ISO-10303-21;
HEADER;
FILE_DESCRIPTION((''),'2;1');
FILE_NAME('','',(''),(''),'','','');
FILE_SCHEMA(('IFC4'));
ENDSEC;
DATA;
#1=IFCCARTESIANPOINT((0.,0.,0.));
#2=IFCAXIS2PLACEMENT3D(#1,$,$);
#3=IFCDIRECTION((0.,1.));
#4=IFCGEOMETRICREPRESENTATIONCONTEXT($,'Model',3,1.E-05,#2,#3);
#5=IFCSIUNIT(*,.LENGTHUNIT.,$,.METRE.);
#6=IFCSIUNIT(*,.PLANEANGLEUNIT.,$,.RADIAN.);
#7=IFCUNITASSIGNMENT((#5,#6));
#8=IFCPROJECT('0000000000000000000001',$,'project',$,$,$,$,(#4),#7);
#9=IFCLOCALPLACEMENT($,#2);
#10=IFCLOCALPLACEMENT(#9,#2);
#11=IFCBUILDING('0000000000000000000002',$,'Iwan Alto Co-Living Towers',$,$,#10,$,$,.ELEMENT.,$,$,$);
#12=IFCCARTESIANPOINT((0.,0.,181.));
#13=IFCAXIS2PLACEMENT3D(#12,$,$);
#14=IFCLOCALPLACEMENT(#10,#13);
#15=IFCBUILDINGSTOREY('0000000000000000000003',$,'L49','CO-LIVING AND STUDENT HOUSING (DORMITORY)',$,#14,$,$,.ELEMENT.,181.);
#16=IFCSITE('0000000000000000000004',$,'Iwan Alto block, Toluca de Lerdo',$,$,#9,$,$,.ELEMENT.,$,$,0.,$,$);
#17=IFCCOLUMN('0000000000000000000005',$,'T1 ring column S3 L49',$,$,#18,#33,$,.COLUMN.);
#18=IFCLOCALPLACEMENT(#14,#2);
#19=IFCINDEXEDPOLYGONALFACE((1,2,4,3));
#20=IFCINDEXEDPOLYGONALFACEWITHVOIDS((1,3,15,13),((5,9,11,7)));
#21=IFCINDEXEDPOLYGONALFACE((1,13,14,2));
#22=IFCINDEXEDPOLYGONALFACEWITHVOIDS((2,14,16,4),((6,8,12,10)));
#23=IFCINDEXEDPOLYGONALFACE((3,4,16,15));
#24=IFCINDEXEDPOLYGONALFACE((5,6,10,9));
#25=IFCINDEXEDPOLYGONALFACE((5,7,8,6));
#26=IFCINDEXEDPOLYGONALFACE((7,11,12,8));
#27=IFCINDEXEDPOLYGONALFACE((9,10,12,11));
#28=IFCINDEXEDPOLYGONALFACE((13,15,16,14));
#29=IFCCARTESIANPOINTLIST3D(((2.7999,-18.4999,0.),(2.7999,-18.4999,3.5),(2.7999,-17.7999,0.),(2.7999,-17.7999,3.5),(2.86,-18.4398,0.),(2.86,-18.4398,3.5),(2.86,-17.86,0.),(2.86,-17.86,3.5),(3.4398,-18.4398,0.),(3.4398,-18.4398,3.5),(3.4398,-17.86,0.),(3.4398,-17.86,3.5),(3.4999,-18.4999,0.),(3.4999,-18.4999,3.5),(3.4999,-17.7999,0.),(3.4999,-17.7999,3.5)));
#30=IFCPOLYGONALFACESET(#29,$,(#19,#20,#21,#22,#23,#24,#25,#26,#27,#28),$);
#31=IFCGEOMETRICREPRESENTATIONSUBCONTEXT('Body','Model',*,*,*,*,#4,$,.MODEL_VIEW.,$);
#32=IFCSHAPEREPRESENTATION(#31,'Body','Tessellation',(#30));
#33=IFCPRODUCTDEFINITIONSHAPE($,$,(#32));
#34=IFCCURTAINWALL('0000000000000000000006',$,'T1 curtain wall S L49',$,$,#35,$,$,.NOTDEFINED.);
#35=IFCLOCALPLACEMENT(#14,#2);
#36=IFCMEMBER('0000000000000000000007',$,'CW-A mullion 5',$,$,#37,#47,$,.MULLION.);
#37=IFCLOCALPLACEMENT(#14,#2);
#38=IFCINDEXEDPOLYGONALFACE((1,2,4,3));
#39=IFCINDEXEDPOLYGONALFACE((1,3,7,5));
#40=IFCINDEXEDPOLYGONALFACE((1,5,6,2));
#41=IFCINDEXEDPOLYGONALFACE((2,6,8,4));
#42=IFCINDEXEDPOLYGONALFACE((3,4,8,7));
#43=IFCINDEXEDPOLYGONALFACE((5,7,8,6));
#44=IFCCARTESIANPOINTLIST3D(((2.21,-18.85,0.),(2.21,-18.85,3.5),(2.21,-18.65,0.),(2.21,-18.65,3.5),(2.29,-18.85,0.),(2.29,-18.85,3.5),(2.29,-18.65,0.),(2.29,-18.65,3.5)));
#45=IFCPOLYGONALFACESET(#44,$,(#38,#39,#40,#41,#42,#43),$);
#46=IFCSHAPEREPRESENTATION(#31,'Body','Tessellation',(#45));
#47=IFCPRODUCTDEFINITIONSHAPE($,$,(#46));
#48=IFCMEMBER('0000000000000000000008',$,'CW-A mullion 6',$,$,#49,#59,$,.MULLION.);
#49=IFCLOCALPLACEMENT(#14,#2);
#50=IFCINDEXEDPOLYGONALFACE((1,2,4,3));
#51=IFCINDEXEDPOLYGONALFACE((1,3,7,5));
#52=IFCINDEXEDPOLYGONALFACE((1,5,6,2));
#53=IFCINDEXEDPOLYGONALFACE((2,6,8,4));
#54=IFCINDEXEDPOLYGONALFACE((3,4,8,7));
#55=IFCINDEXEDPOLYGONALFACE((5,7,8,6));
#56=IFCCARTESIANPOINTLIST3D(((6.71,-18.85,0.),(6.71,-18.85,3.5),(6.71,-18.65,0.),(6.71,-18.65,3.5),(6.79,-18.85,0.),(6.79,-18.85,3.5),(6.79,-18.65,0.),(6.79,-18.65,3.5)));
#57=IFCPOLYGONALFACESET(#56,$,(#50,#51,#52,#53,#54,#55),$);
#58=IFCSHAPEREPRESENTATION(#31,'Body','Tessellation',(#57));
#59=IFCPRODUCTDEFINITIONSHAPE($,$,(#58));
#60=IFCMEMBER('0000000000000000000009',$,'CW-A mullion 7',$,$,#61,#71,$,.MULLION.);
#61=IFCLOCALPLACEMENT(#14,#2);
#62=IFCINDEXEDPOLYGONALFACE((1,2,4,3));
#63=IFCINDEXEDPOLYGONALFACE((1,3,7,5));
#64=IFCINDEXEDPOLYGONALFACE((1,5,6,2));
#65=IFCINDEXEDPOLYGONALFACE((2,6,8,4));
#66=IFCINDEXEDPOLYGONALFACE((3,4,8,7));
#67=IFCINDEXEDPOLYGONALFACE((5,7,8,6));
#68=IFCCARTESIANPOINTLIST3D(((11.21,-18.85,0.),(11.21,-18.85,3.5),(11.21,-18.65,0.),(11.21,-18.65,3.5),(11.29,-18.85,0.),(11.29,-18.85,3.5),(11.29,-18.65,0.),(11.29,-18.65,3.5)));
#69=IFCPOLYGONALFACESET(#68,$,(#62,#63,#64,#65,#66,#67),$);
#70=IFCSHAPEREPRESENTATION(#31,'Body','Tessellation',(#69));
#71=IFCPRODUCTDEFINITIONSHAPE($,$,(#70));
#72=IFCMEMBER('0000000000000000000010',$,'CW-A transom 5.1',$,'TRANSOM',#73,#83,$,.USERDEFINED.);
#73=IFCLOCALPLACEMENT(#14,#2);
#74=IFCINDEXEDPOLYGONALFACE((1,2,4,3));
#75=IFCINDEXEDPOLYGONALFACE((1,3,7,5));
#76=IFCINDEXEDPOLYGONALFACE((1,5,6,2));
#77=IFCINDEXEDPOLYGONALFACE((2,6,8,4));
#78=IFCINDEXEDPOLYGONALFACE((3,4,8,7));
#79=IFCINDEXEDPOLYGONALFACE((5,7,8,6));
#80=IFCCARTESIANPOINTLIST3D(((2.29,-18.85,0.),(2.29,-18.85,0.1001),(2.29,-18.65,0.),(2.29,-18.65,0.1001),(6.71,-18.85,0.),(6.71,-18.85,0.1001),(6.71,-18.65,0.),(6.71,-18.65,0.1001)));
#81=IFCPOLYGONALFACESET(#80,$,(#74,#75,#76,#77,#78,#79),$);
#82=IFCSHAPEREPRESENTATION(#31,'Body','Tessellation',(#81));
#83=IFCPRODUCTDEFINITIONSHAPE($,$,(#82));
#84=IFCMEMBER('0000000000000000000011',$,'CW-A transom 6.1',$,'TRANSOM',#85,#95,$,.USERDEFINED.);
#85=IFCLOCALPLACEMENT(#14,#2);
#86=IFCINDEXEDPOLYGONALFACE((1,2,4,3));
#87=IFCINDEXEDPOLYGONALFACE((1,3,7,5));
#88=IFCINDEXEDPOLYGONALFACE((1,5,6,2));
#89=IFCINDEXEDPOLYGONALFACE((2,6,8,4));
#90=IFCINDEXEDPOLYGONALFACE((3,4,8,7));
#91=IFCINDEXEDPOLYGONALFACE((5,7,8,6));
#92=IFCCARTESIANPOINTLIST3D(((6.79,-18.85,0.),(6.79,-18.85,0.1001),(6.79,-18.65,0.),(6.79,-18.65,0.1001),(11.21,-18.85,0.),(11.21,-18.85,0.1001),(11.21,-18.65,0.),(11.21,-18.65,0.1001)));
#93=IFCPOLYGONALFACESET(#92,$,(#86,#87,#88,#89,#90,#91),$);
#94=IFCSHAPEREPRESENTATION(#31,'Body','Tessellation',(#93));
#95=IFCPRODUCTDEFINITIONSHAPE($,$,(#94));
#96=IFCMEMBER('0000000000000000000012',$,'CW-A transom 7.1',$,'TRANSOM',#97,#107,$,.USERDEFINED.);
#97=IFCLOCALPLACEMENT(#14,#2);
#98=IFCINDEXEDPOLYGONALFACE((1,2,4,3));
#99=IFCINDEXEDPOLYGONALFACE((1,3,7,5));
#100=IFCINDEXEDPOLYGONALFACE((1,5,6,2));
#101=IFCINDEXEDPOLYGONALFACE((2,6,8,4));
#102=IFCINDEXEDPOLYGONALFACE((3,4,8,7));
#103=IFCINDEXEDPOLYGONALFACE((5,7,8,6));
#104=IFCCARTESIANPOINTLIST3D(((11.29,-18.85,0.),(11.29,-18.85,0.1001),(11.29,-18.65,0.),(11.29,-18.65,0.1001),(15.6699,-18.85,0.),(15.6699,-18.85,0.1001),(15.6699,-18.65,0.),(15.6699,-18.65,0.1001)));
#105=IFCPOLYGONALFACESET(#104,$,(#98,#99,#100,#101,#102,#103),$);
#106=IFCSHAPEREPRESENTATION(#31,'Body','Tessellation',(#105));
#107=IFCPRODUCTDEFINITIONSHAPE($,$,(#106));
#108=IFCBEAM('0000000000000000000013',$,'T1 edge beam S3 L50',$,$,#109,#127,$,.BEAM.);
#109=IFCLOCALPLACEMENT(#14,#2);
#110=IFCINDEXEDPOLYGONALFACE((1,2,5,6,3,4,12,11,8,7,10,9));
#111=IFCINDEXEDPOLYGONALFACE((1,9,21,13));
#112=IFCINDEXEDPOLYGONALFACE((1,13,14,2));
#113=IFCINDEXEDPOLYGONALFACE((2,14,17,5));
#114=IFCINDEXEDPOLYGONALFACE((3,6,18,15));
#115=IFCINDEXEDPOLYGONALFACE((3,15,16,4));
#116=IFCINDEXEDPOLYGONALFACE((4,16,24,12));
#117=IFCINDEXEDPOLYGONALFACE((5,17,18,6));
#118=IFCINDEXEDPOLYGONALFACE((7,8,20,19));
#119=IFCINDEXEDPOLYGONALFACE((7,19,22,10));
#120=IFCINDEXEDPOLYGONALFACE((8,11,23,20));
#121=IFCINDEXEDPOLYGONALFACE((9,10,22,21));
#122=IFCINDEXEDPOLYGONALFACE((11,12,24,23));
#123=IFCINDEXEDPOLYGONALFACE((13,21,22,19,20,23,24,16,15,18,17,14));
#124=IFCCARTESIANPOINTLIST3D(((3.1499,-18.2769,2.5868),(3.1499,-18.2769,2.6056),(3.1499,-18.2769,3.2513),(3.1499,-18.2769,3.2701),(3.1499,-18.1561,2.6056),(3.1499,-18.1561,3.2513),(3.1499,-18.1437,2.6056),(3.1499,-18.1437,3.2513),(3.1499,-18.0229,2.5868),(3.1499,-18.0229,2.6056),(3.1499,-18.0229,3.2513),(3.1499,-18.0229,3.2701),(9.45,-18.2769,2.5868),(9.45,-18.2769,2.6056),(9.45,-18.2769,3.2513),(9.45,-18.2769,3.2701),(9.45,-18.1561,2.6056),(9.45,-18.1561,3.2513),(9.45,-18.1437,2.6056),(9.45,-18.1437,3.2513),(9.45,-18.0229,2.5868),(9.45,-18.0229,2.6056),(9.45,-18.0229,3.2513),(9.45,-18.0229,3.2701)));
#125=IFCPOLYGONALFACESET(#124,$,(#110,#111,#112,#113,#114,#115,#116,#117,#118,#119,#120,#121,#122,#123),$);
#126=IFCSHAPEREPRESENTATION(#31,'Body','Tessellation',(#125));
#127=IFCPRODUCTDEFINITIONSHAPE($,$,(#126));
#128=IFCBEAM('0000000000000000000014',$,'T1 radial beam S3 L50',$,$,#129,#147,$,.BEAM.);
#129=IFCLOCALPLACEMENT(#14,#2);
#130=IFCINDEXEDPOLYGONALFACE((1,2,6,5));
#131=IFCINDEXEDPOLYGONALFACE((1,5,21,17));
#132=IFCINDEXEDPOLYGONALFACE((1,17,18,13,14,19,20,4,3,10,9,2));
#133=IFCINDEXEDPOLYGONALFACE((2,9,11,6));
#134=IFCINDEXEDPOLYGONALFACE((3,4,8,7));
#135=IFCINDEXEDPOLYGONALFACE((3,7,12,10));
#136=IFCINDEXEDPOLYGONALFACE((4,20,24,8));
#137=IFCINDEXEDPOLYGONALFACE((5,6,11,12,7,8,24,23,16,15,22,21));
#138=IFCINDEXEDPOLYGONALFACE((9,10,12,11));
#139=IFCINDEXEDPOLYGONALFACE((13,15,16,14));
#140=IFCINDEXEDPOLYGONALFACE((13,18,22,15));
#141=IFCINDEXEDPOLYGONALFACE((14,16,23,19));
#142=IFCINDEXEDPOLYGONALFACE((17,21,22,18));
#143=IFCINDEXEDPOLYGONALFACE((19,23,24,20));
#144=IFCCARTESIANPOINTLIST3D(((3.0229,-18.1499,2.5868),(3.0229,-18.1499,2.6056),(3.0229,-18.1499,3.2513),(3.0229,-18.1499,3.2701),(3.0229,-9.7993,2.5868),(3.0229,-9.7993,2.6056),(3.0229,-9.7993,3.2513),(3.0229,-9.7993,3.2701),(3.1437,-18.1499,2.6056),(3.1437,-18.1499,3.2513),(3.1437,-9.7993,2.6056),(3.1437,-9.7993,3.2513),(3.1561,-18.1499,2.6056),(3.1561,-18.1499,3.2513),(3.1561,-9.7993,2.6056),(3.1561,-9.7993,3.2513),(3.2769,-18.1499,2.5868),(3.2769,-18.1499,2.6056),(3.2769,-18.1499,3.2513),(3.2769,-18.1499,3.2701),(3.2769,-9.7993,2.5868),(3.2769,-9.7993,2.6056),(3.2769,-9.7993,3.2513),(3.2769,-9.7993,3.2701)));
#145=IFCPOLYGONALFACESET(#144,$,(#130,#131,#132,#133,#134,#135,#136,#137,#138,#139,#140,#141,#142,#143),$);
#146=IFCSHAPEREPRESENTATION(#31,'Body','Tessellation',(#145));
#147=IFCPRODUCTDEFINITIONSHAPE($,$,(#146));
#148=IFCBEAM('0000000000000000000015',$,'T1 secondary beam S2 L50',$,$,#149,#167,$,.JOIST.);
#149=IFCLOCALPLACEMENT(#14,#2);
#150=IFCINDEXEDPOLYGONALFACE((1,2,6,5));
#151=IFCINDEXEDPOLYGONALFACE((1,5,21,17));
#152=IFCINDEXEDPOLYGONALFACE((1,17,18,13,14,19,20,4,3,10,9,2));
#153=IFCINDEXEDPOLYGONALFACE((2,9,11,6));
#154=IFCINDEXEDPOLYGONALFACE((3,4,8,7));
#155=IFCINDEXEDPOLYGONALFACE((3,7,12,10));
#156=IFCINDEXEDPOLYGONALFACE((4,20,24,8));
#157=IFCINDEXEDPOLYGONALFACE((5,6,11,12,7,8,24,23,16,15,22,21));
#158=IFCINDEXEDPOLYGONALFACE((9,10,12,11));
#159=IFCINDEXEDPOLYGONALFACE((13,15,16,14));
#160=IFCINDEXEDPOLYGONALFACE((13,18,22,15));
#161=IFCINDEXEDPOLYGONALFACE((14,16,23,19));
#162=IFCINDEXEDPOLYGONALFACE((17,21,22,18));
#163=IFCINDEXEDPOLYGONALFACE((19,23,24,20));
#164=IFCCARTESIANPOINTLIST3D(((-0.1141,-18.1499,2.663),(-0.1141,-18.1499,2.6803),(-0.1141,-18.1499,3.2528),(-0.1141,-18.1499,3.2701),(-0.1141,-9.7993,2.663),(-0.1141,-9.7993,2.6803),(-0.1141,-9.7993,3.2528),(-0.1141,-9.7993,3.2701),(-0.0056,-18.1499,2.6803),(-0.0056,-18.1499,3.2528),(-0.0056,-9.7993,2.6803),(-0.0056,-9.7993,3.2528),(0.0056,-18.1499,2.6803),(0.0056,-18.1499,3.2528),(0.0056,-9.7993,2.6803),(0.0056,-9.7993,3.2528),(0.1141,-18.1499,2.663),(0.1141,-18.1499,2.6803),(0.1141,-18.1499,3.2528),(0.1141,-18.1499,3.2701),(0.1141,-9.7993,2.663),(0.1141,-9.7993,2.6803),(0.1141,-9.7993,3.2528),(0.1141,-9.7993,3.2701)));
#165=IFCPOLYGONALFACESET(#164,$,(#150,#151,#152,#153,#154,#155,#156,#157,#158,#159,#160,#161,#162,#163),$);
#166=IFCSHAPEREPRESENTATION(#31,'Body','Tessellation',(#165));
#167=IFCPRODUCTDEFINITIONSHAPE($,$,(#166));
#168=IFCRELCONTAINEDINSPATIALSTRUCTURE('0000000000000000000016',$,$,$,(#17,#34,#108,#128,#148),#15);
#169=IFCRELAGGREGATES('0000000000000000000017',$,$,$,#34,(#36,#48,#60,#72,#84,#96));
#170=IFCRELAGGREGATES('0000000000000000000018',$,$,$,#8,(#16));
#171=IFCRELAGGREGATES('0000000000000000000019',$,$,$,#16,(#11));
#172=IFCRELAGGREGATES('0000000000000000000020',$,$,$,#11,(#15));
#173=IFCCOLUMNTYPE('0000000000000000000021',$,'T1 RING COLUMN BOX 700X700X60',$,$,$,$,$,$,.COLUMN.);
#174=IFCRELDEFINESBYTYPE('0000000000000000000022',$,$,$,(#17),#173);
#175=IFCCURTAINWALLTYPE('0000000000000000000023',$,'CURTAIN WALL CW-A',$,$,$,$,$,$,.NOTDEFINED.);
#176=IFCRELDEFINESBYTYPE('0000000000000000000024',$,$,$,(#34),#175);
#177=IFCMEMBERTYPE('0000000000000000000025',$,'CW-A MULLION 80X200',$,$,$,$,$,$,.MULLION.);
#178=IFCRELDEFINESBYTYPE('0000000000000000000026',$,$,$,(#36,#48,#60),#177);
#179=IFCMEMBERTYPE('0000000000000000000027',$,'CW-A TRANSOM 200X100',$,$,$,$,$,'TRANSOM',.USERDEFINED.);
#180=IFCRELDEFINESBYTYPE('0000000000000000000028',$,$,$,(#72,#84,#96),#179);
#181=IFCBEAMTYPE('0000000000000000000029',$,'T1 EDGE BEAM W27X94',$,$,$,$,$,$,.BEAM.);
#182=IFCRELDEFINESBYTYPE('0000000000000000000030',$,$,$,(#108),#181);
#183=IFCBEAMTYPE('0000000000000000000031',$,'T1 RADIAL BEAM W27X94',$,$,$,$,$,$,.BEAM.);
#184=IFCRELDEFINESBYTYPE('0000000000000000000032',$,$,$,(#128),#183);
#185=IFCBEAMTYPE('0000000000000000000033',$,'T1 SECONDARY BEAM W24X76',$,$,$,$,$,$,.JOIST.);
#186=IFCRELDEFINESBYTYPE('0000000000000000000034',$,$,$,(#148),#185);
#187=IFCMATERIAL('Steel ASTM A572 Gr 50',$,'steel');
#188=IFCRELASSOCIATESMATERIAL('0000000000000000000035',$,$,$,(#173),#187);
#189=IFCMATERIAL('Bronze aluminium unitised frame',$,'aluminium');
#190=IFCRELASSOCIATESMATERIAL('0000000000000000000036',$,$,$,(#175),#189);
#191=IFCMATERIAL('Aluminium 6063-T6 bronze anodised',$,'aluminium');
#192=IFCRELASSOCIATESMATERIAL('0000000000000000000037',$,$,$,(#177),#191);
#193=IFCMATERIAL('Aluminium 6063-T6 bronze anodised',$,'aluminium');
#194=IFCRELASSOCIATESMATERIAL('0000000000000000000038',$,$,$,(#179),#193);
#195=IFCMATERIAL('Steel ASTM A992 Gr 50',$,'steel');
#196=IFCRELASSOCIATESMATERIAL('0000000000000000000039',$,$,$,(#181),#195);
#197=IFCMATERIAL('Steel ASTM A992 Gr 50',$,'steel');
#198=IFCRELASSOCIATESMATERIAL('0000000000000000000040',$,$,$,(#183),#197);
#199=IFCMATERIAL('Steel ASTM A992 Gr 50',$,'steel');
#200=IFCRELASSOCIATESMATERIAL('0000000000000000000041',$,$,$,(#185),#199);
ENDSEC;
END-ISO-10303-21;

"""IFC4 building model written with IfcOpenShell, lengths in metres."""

from ifc_helpers import new_model, si_unit, direction, frame, origin, origin_2d, place, context, subcontext, project, spatial, rectangle, hollow_rectangle, i_section, extrude, material, material_profile, profile_set, type_object, element, aggregate, save


model = new_model("IFC4")

# Units and contexts
model_context = context("Model", 3, precision=1e-05, world=origin(), true_north=direction((0.0, 1.0)))
body_context = subcontext(model_context, "Body", "Model", "MODEL_VIEW")
ifc_project = project(units=[si_unit("LENGTHUNIT", "METRE"), si_unit("PLANEANGLEUNIT", "RADIAN")], contexts=[model_context])

# Site, building, storey
site_placement = place(None, origin())
site = spatial("IfcSite", under=ifc_project, at=site_placement, Name="Iwan Alto block, Toluca de Lerdo", CompositionType="ELEMENT", RefElevation=0.0)
building_placement = place(site_placement, origin())
building = spatial("IfcBuilding", under=site, at=building_placement, Name="Iwan Alto Co-Living Towers", CompositionType="ELEMENT")
storey_placement = place(building_placement, frame((0.0, 0.0, 181.0)))
storey = spatial("IfcBuildingStorey", under=building, at=storey_placement, Name="L49", Description="CO-LIVING AND STUDENT HOUSING (DORMITORY)", CompositionType="ELEMENT", Elevation=181.0)

# Column
ifc_material_1 = material(Name="Steel ASTM A572 Gr 50", Category="steel")
ifc_material_profile_1 = material_profile(ifc_material_1, hollow_rectangle(XDim=0.7, YDim=0.7, WallThickness=0.0601, at=origin_2d()), Name="BOX 700X700X60")
ifc_profile_set_1 = profile_set([ifc_material_profile_1], Name="Steel ASTM A572 Gr 50")
column_type = type_object("IfcColumnType", Name="T1 RING COLUMN BOX 700X700X60", PredefinedType="COLUMN", material=ifc_profile_set_1)
column_placement = place(storey_placement, frame((3.1499, -18.1499, 0.0), z_axis=(0.0, 0.0, 1.0), x_axis=(1.0, 0.0, 0.0)))
element("IfcColumn", 1, at=column_placement, inside=storey, type_object=column_type, Name="T1 ring column S3 L49", PredefinedType="COLUMN", context=body_context, shape_type="SweptSolid", body=[
    extrude(hollow_rectangle(XDim=0.7, YDim=0.7, WallThickness=0.0601, at=origin_2d()), origin(), (0.0, 0.0, 1.0), 3.5),
])

# Curtain wall, members
ifc_material_2 = material(Name="Bronze aluminium unitised frame", Category="aluminium")
curtain_wall_type = type_object("IfcCurtainWallType", Name="CURTAIN WALL CW-A", PredefinedType="NOTDEFINED", material=ifc_material_2)
curtain_wall_placement = place(storey_placement, origin())
curtain_wall = element("IfcCurtainWall", 2, at=curtain_wall_placement, inside=storey, type_object=curtain_wall_type, Name="T1 curtain wall S L49", PredefinedType="NOTDEFINED")
ifc_material_3 = material(Name="Aluminium 6063-T6 bronze anodised", Category="aluminium")
ifc_material_profile_2 = material_profile(ifc_material_3, rectangle(XDim=0.2, YDim=0.0801, at=origin_2d()), Name="AL 80X200")
ifc_profile_set_2 = profile_set([ifc_material_profile_2], Name="Aluminium 6063-T6 bronze anodised")
member_type_1 = type_object("IfcMemberType", Name="CW-A MULLION 80X200", PredefinedType="MULLION", material=ifc_profile_set_2)
member_1_placement = place(storey_placement, frame((2.25, -18.75, 0.0), z_axis=(0.0, 0.0, 1.0), x_axis=(0.0, 1.0, 0.0)))
member_1 = element("IfcMember", 3, at=member_1_placement, type_object=member_type_1, Name="CW-A mullion 5", PredefinedType="MULLION", context=body_context, shape_type="SweptSolid", body=[
    extrude(rectangle(XDim=0.2, YDim=0.0801, at=origin_2d()), origin(), (0.0, 0.0, 1.0), 3.5),
])
member_2_placement = place(storey_placement, frame((6.75, -18.75, 0.0), z_axis=(0.0, 0.0, 1.0), x_axis=(0.0, 1.0, 0.0)))
member_2 = element("IfcMember", 4, at=member_2_placement, type_object=member_type_1, Name="CW-A mullion 6", PredefinedType="MULLION", context=body_context, shape_type="SweptSolid", body=[
    extrude(rectangle(XDim=0.2, YDim=0.0801, at=origin_2d()), origin(), (0.0, 0.0, 1.0), 3.5),
])
member_3_placement = place(storey_placement, frame((11.25, -18.75, 0.0), z_axis=(0.0, 0.0, 1.0), x_axis=(0.0, 1.0, 0.0)))
member_3 = element("IfcMember", 5, at=member_3_placement, type_object=member_type_1, Name="CW-A mullion 7", PredefinedType="MULLION", context=body_context, shape_type="SweptSolid", body=[
    extrude(rectangle(XDim=0.2, YDim=0.0801, at=origin_2d()), origin(), (0.0, 0.0, 1.0), 3.5),
])
ifc_material_4 = material(Name="Aluminium 6063-T6 bronze anodised", Category="aluminium")
ifc_material_profile_3 = material_profile(ifc_material_4, rectangle(XDim=0.2, YDim=0.1001, at=origin_2d()), Name="AL 200X100")
ifc_profile_set_3 = profile_set([ifc_material_profile_3], Name="Aluminium 6063-T6 bronze anodised")
member_type_2 = type_object("IfcMemberType", Name="CW-A TRANSOM 200X100", ElementType="TRANSOM", PredefinedType="USERDEFINED", material=ifc_profile_set_3)
member_4_placement = place(storey_placement, frame((2.29, -18.75, 0.05), z_axis=(1.0, 0.0, 0.0), x_axis=(0.0, 1.0, 0.0)))
member_4 = element("IfcMember", 6, at=member_4_placement, type_object=member_type_2, Name="CW-A transom 5.1", ObjectType="TRANSOM", PredefinedType="USERDEFINED", context=body_context, shape_type="SweptSolid", body=[
    extrude(rectangle(XDim=0.2, YDim=0.1001, at=origin_2d()), origin(), (0.0, 0.0, 1.0), 4.4199),
])
member_5_placement = place(storey_placement, frame((6.79, -18.75, 0.05), z_axis=(1.0, 0.0, 0.0), x_axis=(0.0, 1.0, 0.0)))
member_5 = element("IfcMember", 7, at=member_5_placement, type_object=member_type_2, Name="CW-A transom 6.1", ObjectType="TRANSOM", PredefinedType="USERDEFINED", context=body_context, shape_type="SweptSolid", body=[
    extrude(rectangle(XDim=0.2, YDim=0.1001, at=origin_2d()), origin(), (0.0, 0.0, 1.0), 4.4199),
])
member_6_placement = place(storey_placement, frame((11.29, -18.75, 0.05), z_axis=(1.0, 0.0, 0.0), x_axis=(0.0, 1.0, 0.0)))
member_6 = element("IfcMember", 8, at=member_6_placement, type_object=member_type_2, Name="CW-A transom 7.1", ObjectType="TRANSOM", PredefinedType="USERDEFINED", context=body_context, shape_type="SweptSolid", body=[
    extrude(rectangle(XDim=0.2, YDim=0.1001, at=origin_2d()), origin(), (0.0, 0.0, 1.0), 4.3799),
])

# Beams
ifc_material_5 = material(Name="Steel ASTM A992 Gr 50", Category="steel")
ifc_material_profile_4 = material_profile(ifc_material_5, i_section(OverallWidth=0.2539, OverallDepth=0.6833, WebThickness=0.0125, FlangeThickness=0.0188, at=origin_2d()), Name="W27X94")
ifc_profile_set_4 = profile_set([ifc_material_profile_4], Name="Steel ASTM A992 Gr 50")
beam_type_1 = type_object("IfcBeamType", Name="T1 EDGE BEAM W27X94", PredefinedType="BEAM", material=ifc_profile_set_4)
beam_1_placement = place(storey_placement, frame((3.1499, -18.1499, 2.9285), z_axis=(1.0, 0.0, 0.0), x_axis=(0.0, 1.0, 0.0)))
element("IfcBeam", 9, at=beam_1_placement, inside=storey, type_object=beam_type_1, Name="T1 edge beam S3 L50", PredefinedType="BEAM", context=body_context, shape_type="SweptSolid", body=[
    extrude(i_section(OverallWidth=0.2539, OverallDepth=0.6833, WebThickness=0.0125, FlangeThickness=0.0188, at=origin_2d()), origin(), (0.0, 0.0, 1.0), 6.3),
])
ifc_material_6 = material(Name="Steel ASTM A992 Gr 50", Category="steel")
ifc_material_profile_5 = material_profile(ifc_material_6, i_section(OverallWidth=0.2539, OverallDepth=0.6833, WebThickness=0.0125, FlangeThickness=0.0188, at=origin_2d()), Name="W27X94")
ifc_profile_set_5 = profile_set([ifc_material_profile_5], Name="Steel ASTM A992 Gr 50")
beam_type_2 = type_object("IfcBeamType", Name="T1 RADIAL BEAM W27X94", PredefinedType="BEAM", material=ifc_profile_set_5)
beam_2_placement = place(storey_placement, frame((3.1499, -18.1499, 2.9285), z_axis=(0.0, 1.0, 0.0), x_axis=(-1.0, 0.0, 0.0)))
element("IfcBeam", 10, at=beam_2_placement, inside=storey, type_object=beam_type_2, Name="T1 radial beam S3 L50", PredefinedType="BEAM", context=body_context, shape_type="SweptSolid", body=[
    extrude(i_section(OverallWidth=0.2539, OverallDepth=0.6833, WebThickness=0.0125, FlangeThickness=0.0188, at=origin_2d()), origin(), (0.0, 0.0, 1.0), 8.3506),
])
ifc_material_7 = material(Name="Steel ASTM A992 Gr 50", Category="steel")
ifc_material_profile_6 = material_profile(ifc_material_7, i_section(OverallWidth=0.2283, OverallDepth=0.6072, WebThickness=0.0112, FlangeThickness=0.0173, at=origin_2d()), Name="W24X76")
ifc_profile_set_6 = profile_set([ifc_material_profile_6], Name="Steel ASTM A992 Gr 50")
beam_type_3 = type_object("IfcBeamType", Name="T1 SECONDARY BEAM W24X76", PredefinedType="JOIST", material=ifc_profile_set_6)
for number, where, z_axis, x_axis, name in (
    (11, (0.0, -18.1499, 2.9666), (0.0, 1.0, 0.0), (-1.0, 0.0, 0.0), "T1 secondary beam S2 L50"),
):
    element("IfcBeam", number, at=place(storey_placement, frame(where, z_axis=z_axis, x_axis=x_axis)), inside=storey, type_object=beam_type_3, Name=name, PredefinedType="JOIST", context=body_context, shape_type="SweptSolid", body=[
        extrude(i_section(OverallWidth=0.2283, OverallDepth=0.6072, WebThickness=0.0112, FlangeThickness=0.0173, at=origin_2d()), origin(), (0.0, 0.0, 1.0), 8.3506),
    ])

aggregate(curtain_wall, [member_1, member_2, member_3, member_4, member_5, member_6])

save(model, "model.ifc")
